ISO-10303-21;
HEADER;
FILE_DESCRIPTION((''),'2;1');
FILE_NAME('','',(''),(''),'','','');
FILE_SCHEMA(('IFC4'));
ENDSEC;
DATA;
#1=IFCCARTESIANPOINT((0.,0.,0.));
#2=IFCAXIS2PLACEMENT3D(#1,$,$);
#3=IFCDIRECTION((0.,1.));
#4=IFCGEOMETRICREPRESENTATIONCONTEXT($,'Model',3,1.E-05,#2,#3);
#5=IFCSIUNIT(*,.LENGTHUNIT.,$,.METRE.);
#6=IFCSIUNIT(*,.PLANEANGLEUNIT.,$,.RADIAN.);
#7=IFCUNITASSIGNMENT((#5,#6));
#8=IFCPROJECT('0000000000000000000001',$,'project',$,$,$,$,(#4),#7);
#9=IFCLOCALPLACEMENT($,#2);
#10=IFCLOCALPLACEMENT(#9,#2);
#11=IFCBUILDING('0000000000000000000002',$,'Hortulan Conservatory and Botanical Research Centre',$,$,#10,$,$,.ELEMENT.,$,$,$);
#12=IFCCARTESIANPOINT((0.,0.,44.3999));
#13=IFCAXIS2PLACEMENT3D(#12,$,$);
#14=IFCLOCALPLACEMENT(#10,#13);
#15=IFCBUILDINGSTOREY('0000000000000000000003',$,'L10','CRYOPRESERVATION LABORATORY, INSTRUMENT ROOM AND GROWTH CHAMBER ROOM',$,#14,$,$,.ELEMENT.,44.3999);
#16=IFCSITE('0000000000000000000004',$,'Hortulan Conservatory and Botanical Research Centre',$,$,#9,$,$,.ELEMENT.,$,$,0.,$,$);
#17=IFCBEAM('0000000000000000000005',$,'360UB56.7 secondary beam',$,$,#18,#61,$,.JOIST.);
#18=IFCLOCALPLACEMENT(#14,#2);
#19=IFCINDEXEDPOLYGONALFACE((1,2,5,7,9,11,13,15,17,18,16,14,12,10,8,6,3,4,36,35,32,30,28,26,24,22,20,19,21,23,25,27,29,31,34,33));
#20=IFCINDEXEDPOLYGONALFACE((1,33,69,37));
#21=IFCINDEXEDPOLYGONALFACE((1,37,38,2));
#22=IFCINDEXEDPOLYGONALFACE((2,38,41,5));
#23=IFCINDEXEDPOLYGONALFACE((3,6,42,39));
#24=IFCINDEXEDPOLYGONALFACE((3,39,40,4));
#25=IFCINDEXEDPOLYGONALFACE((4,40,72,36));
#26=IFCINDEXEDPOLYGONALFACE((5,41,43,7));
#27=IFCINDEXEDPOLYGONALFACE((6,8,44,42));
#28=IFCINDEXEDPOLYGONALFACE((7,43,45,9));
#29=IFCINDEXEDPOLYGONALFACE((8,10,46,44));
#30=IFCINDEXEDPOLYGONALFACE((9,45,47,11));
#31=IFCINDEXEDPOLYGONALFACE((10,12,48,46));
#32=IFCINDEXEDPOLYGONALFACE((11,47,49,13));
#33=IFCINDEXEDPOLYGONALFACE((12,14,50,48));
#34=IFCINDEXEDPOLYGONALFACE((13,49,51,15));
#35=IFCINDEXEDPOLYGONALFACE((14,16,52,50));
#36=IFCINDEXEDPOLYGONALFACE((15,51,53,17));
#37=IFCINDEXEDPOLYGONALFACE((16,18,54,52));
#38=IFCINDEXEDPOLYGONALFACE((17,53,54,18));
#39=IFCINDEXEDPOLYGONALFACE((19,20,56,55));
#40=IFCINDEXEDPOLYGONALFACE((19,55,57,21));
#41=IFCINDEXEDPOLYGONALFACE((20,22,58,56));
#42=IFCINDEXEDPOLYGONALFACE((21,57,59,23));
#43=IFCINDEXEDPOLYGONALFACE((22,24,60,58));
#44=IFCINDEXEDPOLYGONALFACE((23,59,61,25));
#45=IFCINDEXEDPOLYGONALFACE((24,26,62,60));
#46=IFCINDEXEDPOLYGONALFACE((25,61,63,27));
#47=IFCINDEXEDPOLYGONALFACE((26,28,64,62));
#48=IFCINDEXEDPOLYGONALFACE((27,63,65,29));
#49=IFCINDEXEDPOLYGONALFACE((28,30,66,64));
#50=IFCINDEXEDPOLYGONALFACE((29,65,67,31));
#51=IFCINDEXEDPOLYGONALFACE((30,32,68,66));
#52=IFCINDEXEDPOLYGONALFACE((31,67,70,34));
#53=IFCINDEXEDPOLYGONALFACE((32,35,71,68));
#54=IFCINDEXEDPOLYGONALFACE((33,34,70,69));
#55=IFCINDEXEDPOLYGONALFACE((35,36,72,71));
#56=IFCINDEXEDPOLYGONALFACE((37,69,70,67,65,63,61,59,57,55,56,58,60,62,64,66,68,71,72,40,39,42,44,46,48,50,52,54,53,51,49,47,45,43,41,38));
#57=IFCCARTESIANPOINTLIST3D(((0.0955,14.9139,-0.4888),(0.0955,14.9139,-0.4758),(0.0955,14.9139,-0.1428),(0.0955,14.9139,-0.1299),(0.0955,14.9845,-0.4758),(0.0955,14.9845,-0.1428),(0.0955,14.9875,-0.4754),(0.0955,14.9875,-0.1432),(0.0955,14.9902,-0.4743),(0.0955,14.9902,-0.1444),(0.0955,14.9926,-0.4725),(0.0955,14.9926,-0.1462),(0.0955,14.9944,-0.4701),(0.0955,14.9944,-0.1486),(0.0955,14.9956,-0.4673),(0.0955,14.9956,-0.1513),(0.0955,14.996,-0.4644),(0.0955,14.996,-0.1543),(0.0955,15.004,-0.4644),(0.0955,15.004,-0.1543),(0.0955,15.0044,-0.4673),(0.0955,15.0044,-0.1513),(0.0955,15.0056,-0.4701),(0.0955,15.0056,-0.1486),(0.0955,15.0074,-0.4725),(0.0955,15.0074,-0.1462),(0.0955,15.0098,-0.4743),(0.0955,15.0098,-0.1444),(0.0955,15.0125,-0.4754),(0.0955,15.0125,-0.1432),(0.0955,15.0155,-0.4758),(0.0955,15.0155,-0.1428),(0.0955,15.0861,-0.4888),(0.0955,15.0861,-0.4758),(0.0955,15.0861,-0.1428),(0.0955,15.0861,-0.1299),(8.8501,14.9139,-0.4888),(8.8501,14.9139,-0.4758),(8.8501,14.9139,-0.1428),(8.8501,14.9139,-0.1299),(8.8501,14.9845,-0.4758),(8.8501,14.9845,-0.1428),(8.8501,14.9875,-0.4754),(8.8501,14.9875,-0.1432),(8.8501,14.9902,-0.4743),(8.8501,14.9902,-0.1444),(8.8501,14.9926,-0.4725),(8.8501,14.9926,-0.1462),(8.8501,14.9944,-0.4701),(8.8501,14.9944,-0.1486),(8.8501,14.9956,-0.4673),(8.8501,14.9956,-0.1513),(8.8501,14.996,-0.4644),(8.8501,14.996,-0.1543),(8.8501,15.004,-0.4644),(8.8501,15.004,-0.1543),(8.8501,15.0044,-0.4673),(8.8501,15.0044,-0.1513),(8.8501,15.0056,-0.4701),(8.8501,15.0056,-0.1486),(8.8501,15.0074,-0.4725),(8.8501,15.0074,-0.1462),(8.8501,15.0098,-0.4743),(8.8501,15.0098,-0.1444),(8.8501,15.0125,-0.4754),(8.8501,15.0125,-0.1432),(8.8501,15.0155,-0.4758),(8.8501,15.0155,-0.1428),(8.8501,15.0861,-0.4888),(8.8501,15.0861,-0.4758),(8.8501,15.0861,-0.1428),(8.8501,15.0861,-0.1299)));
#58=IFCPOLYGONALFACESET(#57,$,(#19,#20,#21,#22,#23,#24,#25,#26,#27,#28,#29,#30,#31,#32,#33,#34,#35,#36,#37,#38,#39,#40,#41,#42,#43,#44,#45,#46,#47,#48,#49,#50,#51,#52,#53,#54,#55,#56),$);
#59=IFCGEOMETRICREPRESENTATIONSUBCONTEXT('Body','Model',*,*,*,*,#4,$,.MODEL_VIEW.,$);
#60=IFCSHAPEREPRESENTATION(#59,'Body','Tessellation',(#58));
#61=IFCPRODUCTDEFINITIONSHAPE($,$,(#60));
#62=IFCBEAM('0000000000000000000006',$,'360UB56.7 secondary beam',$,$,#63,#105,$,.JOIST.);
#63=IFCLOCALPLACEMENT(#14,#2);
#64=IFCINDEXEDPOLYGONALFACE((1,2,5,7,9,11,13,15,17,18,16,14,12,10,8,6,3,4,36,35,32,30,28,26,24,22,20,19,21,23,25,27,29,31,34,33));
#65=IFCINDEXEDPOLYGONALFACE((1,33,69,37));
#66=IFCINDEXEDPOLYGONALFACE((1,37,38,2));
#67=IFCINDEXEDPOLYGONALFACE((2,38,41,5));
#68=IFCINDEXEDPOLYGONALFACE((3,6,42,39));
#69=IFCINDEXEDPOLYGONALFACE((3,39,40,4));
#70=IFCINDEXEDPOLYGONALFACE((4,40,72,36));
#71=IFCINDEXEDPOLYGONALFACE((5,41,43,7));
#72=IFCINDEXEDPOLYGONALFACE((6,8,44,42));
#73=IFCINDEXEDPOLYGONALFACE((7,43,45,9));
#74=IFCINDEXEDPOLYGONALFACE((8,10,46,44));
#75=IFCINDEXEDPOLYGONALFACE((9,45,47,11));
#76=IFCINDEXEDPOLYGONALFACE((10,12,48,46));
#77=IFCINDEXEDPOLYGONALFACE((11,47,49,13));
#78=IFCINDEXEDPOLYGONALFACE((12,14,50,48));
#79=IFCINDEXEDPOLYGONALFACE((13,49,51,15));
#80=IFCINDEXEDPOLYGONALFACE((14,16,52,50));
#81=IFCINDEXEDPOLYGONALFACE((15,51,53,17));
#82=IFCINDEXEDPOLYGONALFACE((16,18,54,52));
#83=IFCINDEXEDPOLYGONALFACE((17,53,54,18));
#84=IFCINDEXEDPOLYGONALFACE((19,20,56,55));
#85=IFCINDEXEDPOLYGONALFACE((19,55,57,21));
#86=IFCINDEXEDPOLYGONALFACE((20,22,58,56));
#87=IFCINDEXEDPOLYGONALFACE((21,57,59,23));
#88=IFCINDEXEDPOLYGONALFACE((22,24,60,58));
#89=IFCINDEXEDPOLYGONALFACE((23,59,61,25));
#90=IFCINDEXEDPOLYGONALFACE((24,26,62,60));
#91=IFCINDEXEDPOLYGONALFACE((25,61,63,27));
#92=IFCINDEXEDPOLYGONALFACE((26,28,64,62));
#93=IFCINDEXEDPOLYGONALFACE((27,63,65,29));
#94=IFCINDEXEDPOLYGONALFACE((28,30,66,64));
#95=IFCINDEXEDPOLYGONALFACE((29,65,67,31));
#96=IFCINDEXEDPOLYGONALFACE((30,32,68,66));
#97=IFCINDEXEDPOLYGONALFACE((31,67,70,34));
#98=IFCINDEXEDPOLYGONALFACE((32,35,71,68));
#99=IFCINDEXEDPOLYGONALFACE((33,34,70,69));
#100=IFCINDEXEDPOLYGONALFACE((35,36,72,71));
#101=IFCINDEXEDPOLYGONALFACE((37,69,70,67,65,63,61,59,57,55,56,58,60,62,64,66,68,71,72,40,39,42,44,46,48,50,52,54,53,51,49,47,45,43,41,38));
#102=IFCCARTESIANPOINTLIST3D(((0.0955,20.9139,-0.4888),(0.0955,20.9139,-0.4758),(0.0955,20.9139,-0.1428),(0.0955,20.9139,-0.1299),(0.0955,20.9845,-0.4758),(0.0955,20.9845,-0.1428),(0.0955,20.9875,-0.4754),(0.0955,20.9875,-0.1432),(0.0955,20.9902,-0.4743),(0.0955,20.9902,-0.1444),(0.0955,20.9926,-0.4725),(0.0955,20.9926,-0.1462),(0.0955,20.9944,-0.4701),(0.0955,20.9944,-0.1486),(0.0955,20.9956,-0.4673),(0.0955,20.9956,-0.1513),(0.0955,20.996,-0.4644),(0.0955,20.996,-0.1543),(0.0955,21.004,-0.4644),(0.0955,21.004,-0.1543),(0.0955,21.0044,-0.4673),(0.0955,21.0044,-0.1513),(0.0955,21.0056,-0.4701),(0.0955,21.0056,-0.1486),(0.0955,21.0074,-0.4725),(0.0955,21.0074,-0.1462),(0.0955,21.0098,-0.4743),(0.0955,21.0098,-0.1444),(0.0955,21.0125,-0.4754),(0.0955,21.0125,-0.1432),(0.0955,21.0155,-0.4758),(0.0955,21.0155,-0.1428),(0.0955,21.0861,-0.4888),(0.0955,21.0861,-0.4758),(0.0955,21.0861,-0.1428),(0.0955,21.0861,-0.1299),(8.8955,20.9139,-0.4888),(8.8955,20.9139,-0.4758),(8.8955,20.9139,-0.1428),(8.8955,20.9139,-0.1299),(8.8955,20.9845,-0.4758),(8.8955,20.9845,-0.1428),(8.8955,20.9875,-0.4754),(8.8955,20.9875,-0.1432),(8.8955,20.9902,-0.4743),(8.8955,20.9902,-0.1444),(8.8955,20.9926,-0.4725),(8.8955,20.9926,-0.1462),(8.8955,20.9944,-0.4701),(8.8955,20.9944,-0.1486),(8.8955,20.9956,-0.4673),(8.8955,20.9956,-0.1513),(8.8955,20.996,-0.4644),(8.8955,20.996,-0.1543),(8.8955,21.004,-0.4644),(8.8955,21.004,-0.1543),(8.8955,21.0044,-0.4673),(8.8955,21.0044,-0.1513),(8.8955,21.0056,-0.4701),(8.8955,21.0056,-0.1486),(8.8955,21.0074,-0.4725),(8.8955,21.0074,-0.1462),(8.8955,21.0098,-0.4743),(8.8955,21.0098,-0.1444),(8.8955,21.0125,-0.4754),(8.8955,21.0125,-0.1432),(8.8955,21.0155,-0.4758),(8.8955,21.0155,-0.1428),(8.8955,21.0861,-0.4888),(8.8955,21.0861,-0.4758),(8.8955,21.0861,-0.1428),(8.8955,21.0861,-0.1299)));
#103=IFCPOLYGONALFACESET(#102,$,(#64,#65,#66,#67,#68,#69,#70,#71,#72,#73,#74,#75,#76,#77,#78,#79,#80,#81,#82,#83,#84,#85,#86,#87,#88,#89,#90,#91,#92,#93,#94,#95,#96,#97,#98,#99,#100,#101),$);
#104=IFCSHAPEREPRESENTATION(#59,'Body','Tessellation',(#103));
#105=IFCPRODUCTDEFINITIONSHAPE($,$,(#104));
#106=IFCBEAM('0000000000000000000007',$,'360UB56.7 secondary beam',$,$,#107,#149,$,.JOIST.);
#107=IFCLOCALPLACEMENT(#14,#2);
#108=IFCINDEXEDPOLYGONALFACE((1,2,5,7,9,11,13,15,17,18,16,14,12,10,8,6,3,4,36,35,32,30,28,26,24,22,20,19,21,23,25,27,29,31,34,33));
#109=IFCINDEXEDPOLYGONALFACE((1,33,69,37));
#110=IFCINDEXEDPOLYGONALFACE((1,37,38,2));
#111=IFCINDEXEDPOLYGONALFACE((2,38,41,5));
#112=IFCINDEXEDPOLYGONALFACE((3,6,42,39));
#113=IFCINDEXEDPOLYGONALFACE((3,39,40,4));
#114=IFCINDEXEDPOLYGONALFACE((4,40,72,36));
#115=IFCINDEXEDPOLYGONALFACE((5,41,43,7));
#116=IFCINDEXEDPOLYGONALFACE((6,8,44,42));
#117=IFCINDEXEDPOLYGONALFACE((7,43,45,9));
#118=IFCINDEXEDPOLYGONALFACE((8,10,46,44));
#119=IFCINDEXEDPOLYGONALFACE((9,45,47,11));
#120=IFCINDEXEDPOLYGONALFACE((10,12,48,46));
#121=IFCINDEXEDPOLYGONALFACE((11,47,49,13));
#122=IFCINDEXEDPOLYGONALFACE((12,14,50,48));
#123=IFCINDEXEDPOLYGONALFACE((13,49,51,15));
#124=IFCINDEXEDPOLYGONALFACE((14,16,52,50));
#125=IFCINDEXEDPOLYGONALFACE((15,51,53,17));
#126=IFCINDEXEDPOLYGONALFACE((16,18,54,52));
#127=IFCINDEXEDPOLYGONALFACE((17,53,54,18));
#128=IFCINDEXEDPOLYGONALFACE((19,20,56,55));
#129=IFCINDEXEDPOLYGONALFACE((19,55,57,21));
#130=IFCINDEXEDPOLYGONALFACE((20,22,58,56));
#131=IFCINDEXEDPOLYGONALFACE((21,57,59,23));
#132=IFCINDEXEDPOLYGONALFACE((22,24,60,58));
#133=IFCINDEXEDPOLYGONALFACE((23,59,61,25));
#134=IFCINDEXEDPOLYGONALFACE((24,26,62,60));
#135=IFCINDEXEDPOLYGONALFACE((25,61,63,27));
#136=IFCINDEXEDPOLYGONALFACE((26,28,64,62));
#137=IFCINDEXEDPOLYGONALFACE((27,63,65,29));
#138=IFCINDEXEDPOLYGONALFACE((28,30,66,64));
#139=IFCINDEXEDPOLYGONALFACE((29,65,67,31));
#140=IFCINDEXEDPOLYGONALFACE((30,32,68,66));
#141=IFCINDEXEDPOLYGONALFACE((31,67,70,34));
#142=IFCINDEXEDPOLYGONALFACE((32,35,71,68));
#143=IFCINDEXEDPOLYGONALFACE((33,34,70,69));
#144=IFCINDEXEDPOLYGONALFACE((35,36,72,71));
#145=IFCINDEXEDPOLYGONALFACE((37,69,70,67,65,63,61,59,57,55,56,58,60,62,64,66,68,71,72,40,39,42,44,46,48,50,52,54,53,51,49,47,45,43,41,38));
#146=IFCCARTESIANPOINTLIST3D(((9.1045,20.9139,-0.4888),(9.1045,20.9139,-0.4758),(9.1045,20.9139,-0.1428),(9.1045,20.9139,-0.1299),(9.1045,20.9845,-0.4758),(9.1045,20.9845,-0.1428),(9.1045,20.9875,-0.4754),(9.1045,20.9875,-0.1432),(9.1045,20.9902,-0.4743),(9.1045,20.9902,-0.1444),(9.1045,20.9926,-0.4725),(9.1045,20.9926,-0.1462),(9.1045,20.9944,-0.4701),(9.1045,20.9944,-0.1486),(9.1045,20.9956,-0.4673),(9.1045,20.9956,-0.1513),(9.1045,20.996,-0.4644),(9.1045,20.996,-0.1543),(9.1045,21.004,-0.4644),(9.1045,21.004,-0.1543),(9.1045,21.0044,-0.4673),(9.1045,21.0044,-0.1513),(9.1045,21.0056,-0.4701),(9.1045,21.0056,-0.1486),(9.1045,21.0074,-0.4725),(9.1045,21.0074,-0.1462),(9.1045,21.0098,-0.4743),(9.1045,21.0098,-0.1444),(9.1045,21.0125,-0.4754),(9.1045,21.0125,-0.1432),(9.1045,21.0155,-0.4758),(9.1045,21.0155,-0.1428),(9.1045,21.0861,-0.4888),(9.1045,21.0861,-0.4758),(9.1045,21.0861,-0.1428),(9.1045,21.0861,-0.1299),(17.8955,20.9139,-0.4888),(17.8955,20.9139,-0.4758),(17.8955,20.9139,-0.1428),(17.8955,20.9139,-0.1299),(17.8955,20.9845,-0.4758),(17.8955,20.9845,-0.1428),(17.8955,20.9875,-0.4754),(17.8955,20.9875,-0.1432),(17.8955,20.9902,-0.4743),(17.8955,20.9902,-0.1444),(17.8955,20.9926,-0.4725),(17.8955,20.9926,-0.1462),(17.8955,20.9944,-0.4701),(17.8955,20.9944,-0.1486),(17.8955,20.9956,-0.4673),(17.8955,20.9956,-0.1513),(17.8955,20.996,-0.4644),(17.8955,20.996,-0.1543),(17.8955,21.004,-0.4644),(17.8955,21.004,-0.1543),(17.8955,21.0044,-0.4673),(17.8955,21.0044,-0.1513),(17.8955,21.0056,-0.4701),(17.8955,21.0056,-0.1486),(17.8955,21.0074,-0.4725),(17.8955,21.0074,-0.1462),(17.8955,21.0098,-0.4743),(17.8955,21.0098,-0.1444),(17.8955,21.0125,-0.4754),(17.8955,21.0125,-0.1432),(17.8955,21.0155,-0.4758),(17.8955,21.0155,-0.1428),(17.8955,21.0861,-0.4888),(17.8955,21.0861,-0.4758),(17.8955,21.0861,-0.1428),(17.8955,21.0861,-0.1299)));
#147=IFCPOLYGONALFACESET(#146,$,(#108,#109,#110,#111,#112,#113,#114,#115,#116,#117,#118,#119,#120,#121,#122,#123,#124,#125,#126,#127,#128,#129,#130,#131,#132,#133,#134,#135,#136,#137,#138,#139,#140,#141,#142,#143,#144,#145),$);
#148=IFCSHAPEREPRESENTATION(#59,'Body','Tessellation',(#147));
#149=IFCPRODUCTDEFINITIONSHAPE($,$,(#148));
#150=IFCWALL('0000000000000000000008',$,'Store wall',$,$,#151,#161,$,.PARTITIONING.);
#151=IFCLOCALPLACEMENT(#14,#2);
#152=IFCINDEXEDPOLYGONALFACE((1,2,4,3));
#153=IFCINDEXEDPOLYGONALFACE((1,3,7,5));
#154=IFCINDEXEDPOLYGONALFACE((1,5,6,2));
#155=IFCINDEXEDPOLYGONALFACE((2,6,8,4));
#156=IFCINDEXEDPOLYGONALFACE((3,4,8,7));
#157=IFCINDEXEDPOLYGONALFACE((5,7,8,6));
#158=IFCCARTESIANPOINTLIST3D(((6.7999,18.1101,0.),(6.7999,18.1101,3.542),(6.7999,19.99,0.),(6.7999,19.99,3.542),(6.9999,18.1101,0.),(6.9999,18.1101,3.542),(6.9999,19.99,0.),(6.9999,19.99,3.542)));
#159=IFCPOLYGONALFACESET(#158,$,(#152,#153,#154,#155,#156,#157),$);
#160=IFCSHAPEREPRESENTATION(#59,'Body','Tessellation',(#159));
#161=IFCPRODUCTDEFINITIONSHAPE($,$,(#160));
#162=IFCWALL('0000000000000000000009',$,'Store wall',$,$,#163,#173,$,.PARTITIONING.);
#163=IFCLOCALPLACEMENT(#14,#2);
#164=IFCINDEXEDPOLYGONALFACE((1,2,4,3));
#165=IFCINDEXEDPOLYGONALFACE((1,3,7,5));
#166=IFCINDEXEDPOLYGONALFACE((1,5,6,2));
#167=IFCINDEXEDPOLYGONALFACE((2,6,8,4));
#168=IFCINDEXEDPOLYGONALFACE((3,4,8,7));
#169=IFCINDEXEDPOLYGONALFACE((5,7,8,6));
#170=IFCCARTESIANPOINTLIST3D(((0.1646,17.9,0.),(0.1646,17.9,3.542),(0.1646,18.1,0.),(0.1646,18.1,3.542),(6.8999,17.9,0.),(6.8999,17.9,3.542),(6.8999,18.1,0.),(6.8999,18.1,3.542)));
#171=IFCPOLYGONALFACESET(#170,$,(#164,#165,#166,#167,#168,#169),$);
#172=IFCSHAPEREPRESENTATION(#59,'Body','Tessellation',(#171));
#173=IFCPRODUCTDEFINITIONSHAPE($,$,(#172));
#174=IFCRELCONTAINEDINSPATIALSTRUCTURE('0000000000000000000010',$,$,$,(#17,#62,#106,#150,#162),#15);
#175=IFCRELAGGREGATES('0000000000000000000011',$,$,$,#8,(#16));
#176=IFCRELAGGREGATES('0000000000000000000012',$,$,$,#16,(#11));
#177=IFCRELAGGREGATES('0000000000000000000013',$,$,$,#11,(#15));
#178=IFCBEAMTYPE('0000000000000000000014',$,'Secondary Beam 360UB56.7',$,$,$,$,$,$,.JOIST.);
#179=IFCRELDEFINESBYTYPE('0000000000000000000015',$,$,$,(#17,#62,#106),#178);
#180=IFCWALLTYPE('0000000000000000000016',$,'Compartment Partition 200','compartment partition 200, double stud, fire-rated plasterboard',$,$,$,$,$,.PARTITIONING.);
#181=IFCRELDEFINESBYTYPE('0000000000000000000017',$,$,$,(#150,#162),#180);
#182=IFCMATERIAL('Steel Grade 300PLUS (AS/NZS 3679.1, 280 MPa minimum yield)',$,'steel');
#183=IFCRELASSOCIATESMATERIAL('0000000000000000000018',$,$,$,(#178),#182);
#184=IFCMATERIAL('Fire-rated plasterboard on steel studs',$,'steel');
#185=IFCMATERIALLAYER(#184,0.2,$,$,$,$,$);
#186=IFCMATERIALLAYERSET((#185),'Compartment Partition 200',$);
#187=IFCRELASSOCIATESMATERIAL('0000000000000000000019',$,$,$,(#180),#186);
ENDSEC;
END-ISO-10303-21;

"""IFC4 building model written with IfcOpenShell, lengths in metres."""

from ifc_helpers import new_model, si_unit, direction, frame, frame_2d, origin, origin_2d, place, context, subcontext, project, spatial, rectangle, i_section, extrude, material, layer, layer_set, material_profile, profile_set, type_object, element, save


model = new_model("IFC4")

# Units and contexts
model_context = context("Model", 3, precision=1e-05, world=origin(), true_north=direction((0.0, 1.0)))
body_context = subcontext(model_context, "Body", "Model", "MODEL_VIEW")
ifc_project = project(units=[si_unit("LENGTHUNIT", "METRE"), si_unit("PLANEANGLEUNIT", "RADIAN")], contexts=[model_context])

# Site, building, storey
site_placement = place(None, origin())
site = spatial("IfcSite", under=ifc_project, at=site_placement, Name="Hortulan Conservatory and Botanical Research Centre", CompositionType="ELEMENT", RefElevation=0.0)
building_placement = place(site_placement, origin())
building = spatial("IfcBuilding", under=site, at=building_placement, Name="Hortulan Conservatory and Botanical Research Centre", CompositionType="ELEMENT")
storey_placement = place(building_placement, frame((0.0, 0.0, 44.3999)))
storey = spatial("IfcBuildingStorey", under=building, at=storey_placement, Name="L10", Description="CRYOPRESERVATION LABORATORY, INSTRUMENT ROOM AND GROWTH CHAMBER ROOM", CompositionType="ELEMENT", Elevation=44.3999)

# Shared definitions
ifc_material_1 = material(Name="Steel Grade 300PLUS (AS/NZS 3679.1, 280 MPa minimum yield)", Category="steel")

# Beams
ifc_material_profile_1 = material_profile(ifc_material_1, i_section(OverallWidth=0.1721, OverallDepth=0.3589, WebThickness=0.0081, FlangeThickness=0.0129, FilletRadius=0.0115, at=origin_2d()), Name="360UB56.7")
ifc_profile_set_1 = profile_set([ifc_material_profile_1], Name="Steel Grade 300PLUS (AS/NZS 3679.1, 280 MPa minimum yield)")
beam_type_1 = type_object("IfcBeamType", Name="Secondary Beam 360UB56.7", PredefinedType="JOIST", material=ifc_profile_set_1)
beam_1_placement = place(storey_placement, frame((0.0955, 15.0, -0.3093), z_axis=(1.0, 0.0, 0.0), x_axis=(0.0, 1.0, 0.0)))
element("IfcBeam", 1, at=beam_1_placement, inside=storey, type_object=beam_type_1, Name="360UB56.7 secondary beam", PredefinedType="JOIST", context=body_context, shape_type="SweptSolid", body=[
    extrude(i_section(OverallWidth=0.1721, OverallDepth=0.3589, WebThickness=0.0081, FlangeThickness=0.0129, FilletRadius=0.0115, at=origin_2d()), origin(), (0.0, 0.0, 1.0), 8.7546),
])
beam_2_placement = place(storey_placement, frame((0.0955, 21.0, -0.3093), z_axis=(1.0, 0.0, 0.0), x_axis=(0.0, 1.0, 0.0)))
element("IfcBeam", 2, at=beam_2_placement, inside=storey, type_object=beam_type_1, Name="360UB56.7 secondary beam", PredefinedType="JOIST", context=body_context, shape_type="SweptSolid", body=[
    extrude(i_section(OverallWidth=0.1721, OverallDepth=0.3589, WebThickness=0.0081, FlangeThickness=0.0129, FilletRadius=0.0115, at=origin_2d()), origin(), (0.0, 0.0, 1.0), 8.8),
])
beam_3_placement = place(storey_placement, frame((9.1045, 21.0, -0.3093), z_axis=(1.0, 0.0, 0.0), x_axis=(0.0, 1.0, 0.0)))
element("IfcBeam", 3, at=beam_3_placement, inside=storey, type_object=beam_type_1, Name="360UB56.7 secondary beam", PredefinedType="JOIST", context=body_context, shape_type="SweptSolid", body=[
    extrude(i_section(OverallWidth=0.1721, OverallDepth=0.3589, WebThickness=0.0081, FlangeThickness=0.0129, FilletRadius=0.0115, at=origin_2d()), origin(), (0.0, 0.0, 1.0), 8.791),
])

# Walls
ifc_material_2 = material(Name="Fire-rated plasterboard on steel studs", Category="steel")
ifc_layer_1 = layer(ifc_material_2, 0.2)
ifc_layer_set_1 = layer_set([ifc_layer_1], Name="Compartment Partition 200")
wall_type_1 = type_object("IfcWallType", Name="Compartment Partition 200", Description="compartment partition 200, double stud, fire-rated plasterboard", PredefinedType="PARTITIONING", material=ifc_layer_set_1)
wall_1_placement = place(storey_placement, frame((6.8999, 18.1101, 0.0), z_axis=(0.0, 0.0, 1.0), x_axis=(0.0, 1.0, 0.0)))
element("IfcWall", 4, at=wall_1_placement, inside=storey, type_object=wall_type_1, Name="Store wall", PredefinedType="PARTITIONING", context=body_context, shape_type="SweptSolid", body=[
    extrude(rectangle(XDim=1.8799, YDim=0.2, at=frame_2d((0.9399, 0.0))), origin(), (0.0, 0.0, 1.0), 3.542),
])
wall_2_placement = place(storey_placement, frame((0.1646, 18.0, 0.0), z_axis=(0.0, 0.0, 1.0), x_axis=(1.0, 0.0, 0.0)))
element("IfcWall", 5, at=wall_2_placement, inside=storey, type_object=wall_type_1, Name="Store wall", PredefinedType="PARTITIONING", context=body_context, shape_type="SweptSolid", body=[
    extrude(rectangle(XDim=6.7354, YDim=0.2, at=frame_2d((3.3677, 0.0))), origin(), (0.0, 0.0, 1.0), 3.542),
])

save(model, "model.ifc")
